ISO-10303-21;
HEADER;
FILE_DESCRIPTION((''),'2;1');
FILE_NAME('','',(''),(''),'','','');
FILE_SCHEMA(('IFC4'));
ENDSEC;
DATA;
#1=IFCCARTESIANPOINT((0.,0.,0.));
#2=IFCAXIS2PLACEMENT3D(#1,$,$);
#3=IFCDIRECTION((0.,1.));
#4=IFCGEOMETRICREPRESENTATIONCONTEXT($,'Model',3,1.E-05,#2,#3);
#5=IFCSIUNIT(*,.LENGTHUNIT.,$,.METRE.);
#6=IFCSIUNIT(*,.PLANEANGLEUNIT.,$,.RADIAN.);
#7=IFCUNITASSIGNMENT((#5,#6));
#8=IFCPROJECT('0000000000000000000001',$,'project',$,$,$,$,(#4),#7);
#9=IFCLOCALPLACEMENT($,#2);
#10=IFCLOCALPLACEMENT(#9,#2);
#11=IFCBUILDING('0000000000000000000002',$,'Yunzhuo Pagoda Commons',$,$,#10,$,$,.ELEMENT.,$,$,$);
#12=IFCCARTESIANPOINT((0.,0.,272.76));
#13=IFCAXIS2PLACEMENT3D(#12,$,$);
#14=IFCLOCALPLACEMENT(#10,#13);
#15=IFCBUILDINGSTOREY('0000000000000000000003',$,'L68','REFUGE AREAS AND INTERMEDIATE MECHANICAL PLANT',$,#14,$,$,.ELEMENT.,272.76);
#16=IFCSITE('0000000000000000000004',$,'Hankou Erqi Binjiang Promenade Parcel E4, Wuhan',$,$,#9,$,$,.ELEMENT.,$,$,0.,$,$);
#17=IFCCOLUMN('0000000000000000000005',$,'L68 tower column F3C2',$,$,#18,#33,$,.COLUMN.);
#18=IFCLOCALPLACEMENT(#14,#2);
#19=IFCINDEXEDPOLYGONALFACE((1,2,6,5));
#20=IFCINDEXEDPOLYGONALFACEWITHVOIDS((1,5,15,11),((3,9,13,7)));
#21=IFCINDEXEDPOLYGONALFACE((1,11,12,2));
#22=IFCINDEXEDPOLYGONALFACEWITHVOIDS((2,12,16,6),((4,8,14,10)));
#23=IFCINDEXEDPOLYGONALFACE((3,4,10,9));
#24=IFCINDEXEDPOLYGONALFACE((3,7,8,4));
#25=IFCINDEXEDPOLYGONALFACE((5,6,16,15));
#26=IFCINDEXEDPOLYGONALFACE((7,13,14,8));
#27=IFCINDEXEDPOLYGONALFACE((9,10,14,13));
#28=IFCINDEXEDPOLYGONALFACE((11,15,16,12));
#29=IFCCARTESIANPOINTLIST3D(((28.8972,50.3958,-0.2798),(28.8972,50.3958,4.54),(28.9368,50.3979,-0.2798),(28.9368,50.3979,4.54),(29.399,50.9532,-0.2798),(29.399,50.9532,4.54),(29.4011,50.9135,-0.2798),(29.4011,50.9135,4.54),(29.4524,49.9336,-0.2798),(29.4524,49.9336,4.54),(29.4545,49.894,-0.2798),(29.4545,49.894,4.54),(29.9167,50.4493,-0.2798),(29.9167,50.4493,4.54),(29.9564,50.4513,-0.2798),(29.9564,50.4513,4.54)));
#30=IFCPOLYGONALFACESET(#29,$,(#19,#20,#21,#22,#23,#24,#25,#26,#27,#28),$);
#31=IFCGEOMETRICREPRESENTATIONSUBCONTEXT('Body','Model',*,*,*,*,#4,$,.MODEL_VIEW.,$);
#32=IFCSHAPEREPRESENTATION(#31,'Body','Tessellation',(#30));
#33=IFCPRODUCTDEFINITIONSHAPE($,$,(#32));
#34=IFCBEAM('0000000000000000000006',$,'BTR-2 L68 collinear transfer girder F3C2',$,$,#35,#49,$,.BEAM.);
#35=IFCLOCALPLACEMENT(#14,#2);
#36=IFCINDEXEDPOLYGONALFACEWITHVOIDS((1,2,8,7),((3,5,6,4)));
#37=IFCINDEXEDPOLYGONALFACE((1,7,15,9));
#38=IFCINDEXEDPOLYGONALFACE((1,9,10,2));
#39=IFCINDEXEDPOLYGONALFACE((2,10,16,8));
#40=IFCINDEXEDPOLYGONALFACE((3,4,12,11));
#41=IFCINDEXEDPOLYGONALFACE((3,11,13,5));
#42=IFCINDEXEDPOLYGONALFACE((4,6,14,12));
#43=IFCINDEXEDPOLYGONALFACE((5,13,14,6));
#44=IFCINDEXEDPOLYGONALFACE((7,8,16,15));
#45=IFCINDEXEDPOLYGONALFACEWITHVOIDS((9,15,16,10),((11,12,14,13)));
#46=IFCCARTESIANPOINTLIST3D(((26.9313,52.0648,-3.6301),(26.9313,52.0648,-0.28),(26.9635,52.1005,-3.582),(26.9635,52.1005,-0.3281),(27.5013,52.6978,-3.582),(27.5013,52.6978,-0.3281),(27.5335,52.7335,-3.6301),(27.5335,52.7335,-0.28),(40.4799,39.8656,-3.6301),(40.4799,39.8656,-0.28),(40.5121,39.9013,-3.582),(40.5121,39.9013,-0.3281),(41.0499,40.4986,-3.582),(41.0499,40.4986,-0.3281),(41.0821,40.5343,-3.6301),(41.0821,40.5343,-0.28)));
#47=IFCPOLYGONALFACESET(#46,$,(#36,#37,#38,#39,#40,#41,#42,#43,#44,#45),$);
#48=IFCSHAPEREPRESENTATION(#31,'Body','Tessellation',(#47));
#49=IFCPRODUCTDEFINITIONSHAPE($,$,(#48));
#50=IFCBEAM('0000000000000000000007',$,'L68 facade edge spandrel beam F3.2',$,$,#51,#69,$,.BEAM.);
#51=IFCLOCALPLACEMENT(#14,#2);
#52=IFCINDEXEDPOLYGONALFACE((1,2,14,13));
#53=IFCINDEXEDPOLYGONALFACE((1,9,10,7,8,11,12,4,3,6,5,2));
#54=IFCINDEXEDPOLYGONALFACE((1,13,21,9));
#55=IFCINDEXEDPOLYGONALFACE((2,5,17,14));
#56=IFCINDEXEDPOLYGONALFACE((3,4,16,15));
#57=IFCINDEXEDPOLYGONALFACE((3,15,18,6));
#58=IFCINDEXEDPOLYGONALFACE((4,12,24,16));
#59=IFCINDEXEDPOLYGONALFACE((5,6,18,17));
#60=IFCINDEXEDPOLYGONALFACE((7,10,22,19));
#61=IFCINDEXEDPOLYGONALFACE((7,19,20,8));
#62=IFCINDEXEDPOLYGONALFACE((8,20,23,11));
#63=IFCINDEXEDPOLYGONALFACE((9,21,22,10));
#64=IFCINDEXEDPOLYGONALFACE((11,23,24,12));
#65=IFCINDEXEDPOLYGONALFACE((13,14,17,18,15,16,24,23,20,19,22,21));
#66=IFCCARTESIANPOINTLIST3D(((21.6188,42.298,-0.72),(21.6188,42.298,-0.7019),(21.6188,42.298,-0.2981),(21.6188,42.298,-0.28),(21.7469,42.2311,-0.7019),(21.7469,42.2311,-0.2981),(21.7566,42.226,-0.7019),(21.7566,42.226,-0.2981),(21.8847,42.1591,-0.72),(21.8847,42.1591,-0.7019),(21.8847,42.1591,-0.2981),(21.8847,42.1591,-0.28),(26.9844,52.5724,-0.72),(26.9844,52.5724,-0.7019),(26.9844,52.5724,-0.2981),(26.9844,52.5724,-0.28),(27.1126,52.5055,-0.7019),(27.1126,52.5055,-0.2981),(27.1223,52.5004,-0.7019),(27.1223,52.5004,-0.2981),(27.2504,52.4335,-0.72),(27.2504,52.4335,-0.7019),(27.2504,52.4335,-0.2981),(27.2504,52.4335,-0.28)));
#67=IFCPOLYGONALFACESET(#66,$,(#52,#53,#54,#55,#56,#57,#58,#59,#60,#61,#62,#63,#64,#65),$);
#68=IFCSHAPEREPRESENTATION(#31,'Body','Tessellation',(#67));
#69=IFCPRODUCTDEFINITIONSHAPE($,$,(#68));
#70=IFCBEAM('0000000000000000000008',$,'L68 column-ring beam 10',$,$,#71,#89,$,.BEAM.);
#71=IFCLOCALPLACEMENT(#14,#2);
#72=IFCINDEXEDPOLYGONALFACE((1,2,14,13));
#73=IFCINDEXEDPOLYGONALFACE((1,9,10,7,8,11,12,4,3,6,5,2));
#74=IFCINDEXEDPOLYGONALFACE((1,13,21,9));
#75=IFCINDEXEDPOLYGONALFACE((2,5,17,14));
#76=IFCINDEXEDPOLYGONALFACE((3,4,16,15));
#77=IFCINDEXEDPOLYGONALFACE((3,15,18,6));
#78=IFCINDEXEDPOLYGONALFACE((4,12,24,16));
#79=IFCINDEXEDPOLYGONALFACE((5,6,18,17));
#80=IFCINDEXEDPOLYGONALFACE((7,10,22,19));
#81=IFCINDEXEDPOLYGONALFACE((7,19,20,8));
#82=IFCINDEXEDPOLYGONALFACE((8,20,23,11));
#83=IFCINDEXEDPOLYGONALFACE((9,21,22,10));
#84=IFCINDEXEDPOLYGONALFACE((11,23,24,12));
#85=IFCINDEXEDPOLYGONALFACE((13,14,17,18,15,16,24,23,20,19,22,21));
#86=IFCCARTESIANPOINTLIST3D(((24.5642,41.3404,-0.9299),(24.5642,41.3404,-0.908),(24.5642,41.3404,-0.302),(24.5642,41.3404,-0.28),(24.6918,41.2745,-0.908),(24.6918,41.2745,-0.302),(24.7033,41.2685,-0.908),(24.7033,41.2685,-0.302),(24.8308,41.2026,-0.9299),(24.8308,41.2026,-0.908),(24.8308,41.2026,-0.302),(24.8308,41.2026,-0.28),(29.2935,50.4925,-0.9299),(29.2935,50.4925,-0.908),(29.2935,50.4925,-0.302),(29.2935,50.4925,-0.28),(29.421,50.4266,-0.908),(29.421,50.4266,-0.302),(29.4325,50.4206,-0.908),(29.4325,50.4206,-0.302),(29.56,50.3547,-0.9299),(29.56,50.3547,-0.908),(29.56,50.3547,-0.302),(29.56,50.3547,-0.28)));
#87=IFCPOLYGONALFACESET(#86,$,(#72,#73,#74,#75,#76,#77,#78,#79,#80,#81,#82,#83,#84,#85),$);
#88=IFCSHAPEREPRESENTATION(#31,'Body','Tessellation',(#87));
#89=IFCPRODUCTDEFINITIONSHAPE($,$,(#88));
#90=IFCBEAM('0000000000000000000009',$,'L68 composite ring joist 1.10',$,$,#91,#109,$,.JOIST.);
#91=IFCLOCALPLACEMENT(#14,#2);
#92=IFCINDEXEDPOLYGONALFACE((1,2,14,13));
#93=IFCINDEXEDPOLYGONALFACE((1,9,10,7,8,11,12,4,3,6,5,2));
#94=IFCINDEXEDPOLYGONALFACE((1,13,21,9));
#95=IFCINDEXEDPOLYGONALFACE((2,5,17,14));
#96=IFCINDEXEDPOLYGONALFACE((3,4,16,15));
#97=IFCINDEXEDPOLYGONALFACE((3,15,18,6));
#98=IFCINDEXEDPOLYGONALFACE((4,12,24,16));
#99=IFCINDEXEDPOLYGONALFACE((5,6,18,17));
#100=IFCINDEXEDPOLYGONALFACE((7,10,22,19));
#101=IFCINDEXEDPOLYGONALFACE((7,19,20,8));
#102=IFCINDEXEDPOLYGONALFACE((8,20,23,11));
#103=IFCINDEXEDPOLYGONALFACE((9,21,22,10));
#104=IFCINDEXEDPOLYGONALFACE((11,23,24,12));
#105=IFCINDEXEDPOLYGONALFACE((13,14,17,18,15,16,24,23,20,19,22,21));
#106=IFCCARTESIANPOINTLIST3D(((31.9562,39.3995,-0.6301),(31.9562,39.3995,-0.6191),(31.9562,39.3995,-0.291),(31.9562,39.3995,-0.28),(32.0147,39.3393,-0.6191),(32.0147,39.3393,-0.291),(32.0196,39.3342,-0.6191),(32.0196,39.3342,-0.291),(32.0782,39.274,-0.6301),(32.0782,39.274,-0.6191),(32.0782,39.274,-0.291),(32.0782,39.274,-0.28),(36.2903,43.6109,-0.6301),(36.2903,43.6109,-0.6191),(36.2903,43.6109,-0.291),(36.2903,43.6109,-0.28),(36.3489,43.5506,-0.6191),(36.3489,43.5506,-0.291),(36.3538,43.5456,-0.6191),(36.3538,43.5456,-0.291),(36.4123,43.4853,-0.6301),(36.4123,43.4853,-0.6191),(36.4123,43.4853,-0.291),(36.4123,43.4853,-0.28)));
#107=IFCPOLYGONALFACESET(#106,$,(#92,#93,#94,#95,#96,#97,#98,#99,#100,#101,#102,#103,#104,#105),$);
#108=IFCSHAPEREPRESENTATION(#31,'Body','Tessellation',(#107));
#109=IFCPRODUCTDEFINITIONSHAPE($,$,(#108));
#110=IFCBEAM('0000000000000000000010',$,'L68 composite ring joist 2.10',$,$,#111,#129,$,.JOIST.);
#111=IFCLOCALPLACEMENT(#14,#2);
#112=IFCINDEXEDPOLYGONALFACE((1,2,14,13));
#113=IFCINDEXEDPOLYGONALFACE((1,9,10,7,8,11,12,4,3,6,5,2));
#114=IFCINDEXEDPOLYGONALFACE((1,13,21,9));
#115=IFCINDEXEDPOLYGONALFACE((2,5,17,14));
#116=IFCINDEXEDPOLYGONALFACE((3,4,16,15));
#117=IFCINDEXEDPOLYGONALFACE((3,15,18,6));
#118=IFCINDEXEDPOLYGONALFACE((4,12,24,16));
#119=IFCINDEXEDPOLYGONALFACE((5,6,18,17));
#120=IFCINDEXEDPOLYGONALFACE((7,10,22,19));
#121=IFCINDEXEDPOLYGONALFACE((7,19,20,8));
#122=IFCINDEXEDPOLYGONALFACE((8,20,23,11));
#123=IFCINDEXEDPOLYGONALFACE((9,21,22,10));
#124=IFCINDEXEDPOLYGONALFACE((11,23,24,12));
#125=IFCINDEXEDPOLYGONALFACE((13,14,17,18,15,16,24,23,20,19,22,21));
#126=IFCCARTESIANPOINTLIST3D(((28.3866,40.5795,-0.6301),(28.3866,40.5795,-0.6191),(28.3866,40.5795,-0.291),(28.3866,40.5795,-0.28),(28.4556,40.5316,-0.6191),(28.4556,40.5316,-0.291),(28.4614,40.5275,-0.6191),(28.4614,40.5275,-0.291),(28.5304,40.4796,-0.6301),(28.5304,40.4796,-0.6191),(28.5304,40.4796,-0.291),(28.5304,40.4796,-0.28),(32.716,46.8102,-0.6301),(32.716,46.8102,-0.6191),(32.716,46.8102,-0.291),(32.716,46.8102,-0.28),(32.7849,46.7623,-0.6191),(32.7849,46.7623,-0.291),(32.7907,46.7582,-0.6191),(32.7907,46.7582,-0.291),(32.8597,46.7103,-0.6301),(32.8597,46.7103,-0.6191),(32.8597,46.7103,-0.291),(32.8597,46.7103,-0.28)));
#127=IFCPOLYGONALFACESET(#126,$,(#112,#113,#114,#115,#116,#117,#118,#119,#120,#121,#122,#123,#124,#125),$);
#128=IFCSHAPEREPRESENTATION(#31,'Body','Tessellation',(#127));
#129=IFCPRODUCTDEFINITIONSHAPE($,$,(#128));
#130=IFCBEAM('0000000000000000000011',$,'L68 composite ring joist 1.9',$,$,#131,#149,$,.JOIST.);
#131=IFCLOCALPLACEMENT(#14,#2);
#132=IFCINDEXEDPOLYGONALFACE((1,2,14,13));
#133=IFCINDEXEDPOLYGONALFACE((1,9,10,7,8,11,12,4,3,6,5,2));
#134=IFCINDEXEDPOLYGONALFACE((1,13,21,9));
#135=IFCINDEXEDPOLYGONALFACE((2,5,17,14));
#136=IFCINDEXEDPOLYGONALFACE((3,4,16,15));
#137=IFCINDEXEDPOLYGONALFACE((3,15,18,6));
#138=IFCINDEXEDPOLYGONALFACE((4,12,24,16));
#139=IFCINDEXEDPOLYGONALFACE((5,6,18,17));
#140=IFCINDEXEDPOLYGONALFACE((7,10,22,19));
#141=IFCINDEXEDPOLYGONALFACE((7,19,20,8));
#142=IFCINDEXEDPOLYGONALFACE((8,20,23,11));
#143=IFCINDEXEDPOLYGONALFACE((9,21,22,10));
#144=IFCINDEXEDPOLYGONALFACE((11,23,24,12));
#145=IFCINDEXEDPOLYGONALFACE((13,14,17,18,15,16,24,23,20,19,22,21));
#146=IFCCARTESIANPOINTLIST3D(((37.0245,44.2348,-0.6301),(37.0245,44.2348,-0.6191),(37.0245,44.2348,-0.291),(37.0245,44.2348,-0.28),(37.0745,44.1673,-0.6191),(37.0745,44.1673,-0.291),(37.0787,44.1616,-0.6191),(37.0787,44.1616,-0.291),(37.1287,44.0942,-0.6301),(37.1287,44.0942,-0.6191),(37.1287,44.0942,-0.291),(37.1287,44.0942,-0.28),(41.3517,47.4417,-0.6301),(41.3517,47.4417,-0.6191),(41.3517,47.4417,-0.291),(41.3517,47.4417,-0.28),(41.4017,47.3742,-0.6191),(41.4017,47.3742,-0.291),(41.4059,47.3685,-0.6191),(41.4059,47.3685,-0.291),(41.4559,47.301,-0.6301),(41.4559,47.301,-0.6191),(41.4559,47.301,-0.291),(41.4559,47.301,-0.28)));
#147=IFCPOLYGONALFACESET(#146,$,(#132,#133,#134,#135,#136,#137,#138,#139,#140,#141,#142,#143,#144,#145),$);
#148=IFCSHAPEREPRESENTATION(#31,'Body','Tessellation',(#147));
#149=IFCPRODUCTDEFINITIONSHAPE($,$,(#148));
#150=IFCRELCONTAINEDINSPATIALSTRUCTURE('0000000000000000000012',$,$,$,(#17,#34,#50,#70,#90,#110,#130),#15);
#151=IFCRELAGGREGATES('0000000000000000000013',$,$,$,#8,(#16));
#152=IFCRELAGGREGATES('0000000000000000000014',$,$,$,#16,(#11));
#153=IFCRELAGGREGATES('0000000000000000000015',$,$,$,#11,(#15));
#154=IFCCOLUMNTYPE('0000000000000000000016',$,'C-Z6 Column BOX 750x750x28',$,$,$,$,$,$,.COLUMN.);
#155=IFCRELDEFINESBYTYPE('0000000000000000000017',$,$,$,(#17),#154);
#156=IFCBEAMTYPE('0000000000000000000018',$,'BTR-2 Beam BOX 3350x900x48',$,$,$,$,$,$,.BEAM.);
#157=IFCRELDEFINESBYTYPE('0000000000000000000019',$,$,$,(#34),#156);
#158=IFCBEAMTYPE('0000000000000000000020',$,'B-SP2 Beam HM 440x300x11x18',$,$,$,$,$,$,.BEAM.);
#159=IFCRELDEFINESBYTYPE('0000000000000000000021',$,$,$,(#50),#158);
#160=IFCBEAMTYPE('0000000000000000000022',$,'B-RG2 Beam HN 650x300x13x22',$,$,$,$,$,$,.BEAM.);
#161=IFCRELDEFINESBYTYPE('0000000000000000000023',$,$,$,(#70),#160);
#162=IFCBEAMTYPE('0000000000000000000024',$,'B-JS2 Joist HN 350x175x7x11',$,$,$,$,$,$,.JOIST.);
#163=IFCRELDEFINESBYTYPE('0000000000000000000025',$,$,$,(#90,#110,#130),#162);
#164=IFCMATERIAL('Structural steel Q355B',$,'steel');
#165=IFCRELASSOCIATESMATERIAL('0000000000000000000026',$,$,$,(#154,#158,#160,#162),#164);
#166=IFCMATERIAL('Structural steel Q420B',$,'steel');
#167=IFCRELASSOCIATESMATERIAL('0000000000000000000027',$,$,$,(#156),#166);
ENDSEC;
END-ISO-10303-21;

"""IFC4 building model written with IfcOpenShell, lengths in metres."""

from ifc_helpers import new_model, si_unit, direction, frame, origin, origin_2d, place, context, subcontext, project, spatial, hollow_rectangle, i_section, extrude, source, transform, mapped, material, material_profile, profile_set, type_object, element, save


model = new_model("IFC4")

# Units and contexts
model_context = context("Model", 3, precision=1e-05, world=origin(), true_north=direction((0.0, 1.0)))
body_context = subcontext(model_context, "Body", "Model", "MODEL_VIEW")
ifc_project = project(units=[si_unit("LENGTHUNIT", "METRE"), si_unit("PLANEANGLEUNIT", "RADIAN")], contexts=[model_context])

# Site, building, storey
site_placement = place(None, origin())
site = spatial("IfcSite", under=ifc_project, at=site_placement, Name="Hankou Erqi Binjiang Promenade Parcel E4, Wuhan", CompositionType="ELEMENT", RefElevation=0.0)
building_placement = place(site_placement, origin())
building = spatial("IfcBuilding", under=site, at=building_placement, Name="Yunzhuo Pagoda Commons", CompositionType="ELEMENT")
storey_placement = place(building_placement, frame((0.0, 0.0, 272.76)))
storey = spatial("IfcBuildingStorey", under=building, at=storey_placement, Name="L68", Description="REFUGE AREAS AND INTERMEDIATE MECHANICAL PLANT", CompositionType="ELEMENT", Elevation=272.76)

# Column
ifc_material_1 = material(Name="Structural steel Q355B", Category="steel")
ifc_material_profile_1 = material_profile(ifc_material_1, hollow_rectangle(XDim=0.75, YDim=0.75, WallThickness=0.0281, at=origin_2d()), Name="Structural steel Q355B")
ifc_profile_set_1 = profile_set([ifc_material_profile_1], Name="Structural steel Q355B")
column_type = type_object("IfcColumnType", Name="C-Z6 Column BOX 750x750x28", PredefinedType="COLUMN", material=ifc_profile_set_1)
shared_shape_1 = source(origin(), body_context, "Body", "SweptSolid", [
    extrude(hollow_rectangle(XDim=0.75, YDim=0.75, WallThickness=0.0281, at=origin_2d()), origin(), (0.0, 0.0, 1.0), 4.8198),
])
column_placement = place(storey_placement, frame((29.4268, 50.4236, -0.2798), z_axis=(0.0, 0.0, 1.0), x_axis=(-0.669131, -0.743145, 0.0)))
element("IfcColumn", 1, at=column_placement, inside=storey, type_object=column_type, Name="L68 tower column F3C2", PredefinedType="COLUMN", context=body_context, shape_type="MappedRepresentation", body=[
    mapped(shared_shape_1, transform((0.0, 0.0, 0.0), scale=1.0)),
])

# Beams
ifc_material_2 = material(Name="Structural steel Q420B", Category="steel")
ifc_material_profile_2 = material_profile(ifc_material_2, hollow_rectangle(XDim=0.8999, YDim=3.3501, WallThickness=0.0481, at=origin_2d()), Name="Structural steel Q420B")
ifc_profile_set_2 = profile_set([ifc_material_profile_2], Name="Structural steel Q420B")
beam_type_1 = type_object("IfcBeamType", Name="BTR-2 Beam BOX 3350x900x48", PredefinedType="BEAM", material=ifc_profile_set_2)
shared_shape_2 = source(origin(), body_context, "Body", "SweptSolid", [
    extrude(hollow_rectangle(XDim=0.8999, YDim=3.3501, WallThickness=0.0481, at=origin_2d()), origin(), (0.0, 0.0, 1.0), 18.2314),
])
beam_1_placement = place(storey_placement, frame((27.2324, 52.3992, -1.9551), z_axis=(0.743144, -0.669131, 0.0), x_axis=(0.669131, 0.743144, 0.0)))
element("IfcBeam", 2, at=beam_1_placement, inside=storey, type_object=beam_type_1, Name="BTR-2 L68 collinear transfer girder F3C2", PredefinedType="BEAM", context=body_context, shape_type="MappedRepresentation", body=[
    mapped(shared_shape_2, transform((0.0, 0.0, 0.0), scale=1.0)),
])
ifc_material_profile_3 = material_profile(ifc_material_1, i_section(OverallWidth=0.3, OverallDepth=0.4399, WebThickness=0.011, FlangeThickness=0.0181, at=origin_2d()), Name="Structural steel Q355B")
ifc_profile_set_3 = profile_set([ifc_material_profile_3], Name="Structural steel Q355B")
beam_type_2 = type_object("IfcBeamType", Name="B-SP2 Beam HM 440x300x11x18", PredefinedType="BEAM", material=ifc_profile_set_3)
shared_shape_3 = source(origin(), body_context, "Body", "SweptSolid", [
    extrude(i_section(OverallWidth=0.3, OverallDepth=0.4399, WebThickness=0.011, FlangeThickness=0.0181, at=origin_2d()), origin(), (0.0, 0.0, 1.0), 11.5911),
])
beam_2_placement = place(storey_placement, frame((27.1174, 52.5029, -0.5), z_axis=(-0.462916, -0.886402, 0.0), x_axis=(0.886402, -0.462916, 0.0)))
element("IfcBeam", 3, at=beam_2_placement, inside=storey, type_object=beam_type_2, Name="L68 facade edge spandrel beam F3.2", PredefinedType="BEAM", context=body_context, shape_type="MappedRepresentation", body=[
    mapped(shared_shape_3, transform((0.0, 0.0, 0.0), scale=1.0)),
])
ifc_material_profile_4 = material_profile(ifc_material_1, i_section(OverallWidth=0.3, OverallDepth=0.6499, WebThickness=0.0129, FlangeThickness=0.022, at=origin_2d()), Name="Structural steel Q355B")
ifc_profile_set_4 = profile_set([ifc_material_profile_4], Name="Structural steel Q355B")
beam_type_3 = type_object("IfcBeamType", Name="B-RG2 Beam HN 650x300x13x22", PredefinedType="BEAM", material=ifc_profile_set_4)
shared_shape_4 = source(origin(), body_context, "Body", "SweptSolid", [
    extrude(i_section(OverallWidth=0.3, OverallDepth=0.6499, WebThickness=0.0129, FlangeThickness=0.022, at=origin_2d()), origin(), (0.0, 0.0, 1.0), 10.3018),
])
beam_3_placement = place(storey_placement, frame((29.4268, 50.4236, -0.605), z_axis=(-0.459071, -0.8884, 0.0), x_axis=(0.8884, -0.459071, 0.0)))
element("IfcBeam", 4, at=beam_3_placement, inside=storey, type_object=beam_type_3, Name="L68 column-ring beam 10", PredefinedType="BEAM", context=body_context, shape_type="MappedRepresentation", body=[
    mapped(shared_shape_4, transform((0.0, 0.0, 0.0), scale=1.0)),
])
ifc_material_profile_5 = material_profile(ifc_material_1, i_section(OverallWidth=0.175, OverallDepth=0.3501, WebThickness=0.0071, FlangeThickness=0.011, at=origin_2d()), Name="Structural steel Q355B")
ifc_profile_set_5 = profile_set([ifc_material_profile_5], Name="Structural steel Q355B")
beam_type_4 = type_object("IfcBeamType", Name="B-JS2 Joist HN 350x175x7x11", PredefinedType="JOIST", material=ifc_profile_set_5)
shared_shape_5 = source(origin(), body_context, "Body", "SweptSolid", [
    extrude(i_section(OverallWidth=0.175, OverallDepth=0.3501, WebThickness=0.0071, FlangeThickness=0.011, at=origin_2d()), origin(), (0.0, 0.0, 1.0), 6.0432),
])
beam_4_placement = place(storey_placement, frame((36.3513, 43.5481, -0.4551), z_axis=(-0.717194, -0.696874, 0.0), x_axis=(0.696874, -0.717194, 0.0)))
element("IfcBeam", 5, at=beam_4_placement, inside=storey, type_object=beam_type_4, Name="L68 composite ring joist 1.10", PredefinedType="JOIST", context=body_context, shape_type="MappedRepresentation", body=[
    mapped(shared_shape_5, transform((0.0, 0.0, 0.0), scale=1.0)),
])
shared_shape_6 = source(origin(), body_context, "Body", "SweptSolid", [
    extrude(i_section(OverallWidth=0.175, OverallDepth=0.3501, WebThickness=0.0071, FlangeThickness=0.011, at=origin_2d()), origin(), (0.0, 0.0, 1.0), 7.5872),
])
beam_5_placement = place(storey_placement, frame((32.7878, 46.7603, -0.4551), z_axis=(-0.570615, -0.821218, 0.0), x_axis=(0.821218, -0.570615, 0.0)))
element("IfcBeam", 6, at=beam_5_placement, inside=storey, type_object=beam_type_4, Name="L68 composite ring joist 2.10", PredefinedType="JOIST", context=body_context, shape_type="MappedRepresentation", body=[
    mapped(shared_shape_6, transform((0.0, 0.0, 0.0), scale=1.0)),
])
shared_shape_7 = source(origin(), body_context, "Body", "SweptSolid", [
    extrude(i_section(OverallWidth=0.175, OverallDepth=0.3501, WebThickness=0.0071, FlangeThickness=0.011, at=origin_2d()), origin(), (0.0, 0.0, 1.0), 5.386),
])
beam_6_placement = place(storey_placement, frame((41.4038, 47.3713, -0.4551), z_axis=(-0.803425, -0.595406, 0.0), x_axis=(0.595406, -0.803425, 0.0)))
element("IfcBeam", 7, at=beam_6_placement, inside=storey, type_object=beam_type_4, Name="L68 composite ring joist 1.9", PredefinedType="JOIST", context=body_context, shape_type="MappedRepresentation", body=[
    mapped(shared_shape_7, transform((0.0, 0.0, 0.0), scale=1.0)),
])

save(model, "model.ifc")
